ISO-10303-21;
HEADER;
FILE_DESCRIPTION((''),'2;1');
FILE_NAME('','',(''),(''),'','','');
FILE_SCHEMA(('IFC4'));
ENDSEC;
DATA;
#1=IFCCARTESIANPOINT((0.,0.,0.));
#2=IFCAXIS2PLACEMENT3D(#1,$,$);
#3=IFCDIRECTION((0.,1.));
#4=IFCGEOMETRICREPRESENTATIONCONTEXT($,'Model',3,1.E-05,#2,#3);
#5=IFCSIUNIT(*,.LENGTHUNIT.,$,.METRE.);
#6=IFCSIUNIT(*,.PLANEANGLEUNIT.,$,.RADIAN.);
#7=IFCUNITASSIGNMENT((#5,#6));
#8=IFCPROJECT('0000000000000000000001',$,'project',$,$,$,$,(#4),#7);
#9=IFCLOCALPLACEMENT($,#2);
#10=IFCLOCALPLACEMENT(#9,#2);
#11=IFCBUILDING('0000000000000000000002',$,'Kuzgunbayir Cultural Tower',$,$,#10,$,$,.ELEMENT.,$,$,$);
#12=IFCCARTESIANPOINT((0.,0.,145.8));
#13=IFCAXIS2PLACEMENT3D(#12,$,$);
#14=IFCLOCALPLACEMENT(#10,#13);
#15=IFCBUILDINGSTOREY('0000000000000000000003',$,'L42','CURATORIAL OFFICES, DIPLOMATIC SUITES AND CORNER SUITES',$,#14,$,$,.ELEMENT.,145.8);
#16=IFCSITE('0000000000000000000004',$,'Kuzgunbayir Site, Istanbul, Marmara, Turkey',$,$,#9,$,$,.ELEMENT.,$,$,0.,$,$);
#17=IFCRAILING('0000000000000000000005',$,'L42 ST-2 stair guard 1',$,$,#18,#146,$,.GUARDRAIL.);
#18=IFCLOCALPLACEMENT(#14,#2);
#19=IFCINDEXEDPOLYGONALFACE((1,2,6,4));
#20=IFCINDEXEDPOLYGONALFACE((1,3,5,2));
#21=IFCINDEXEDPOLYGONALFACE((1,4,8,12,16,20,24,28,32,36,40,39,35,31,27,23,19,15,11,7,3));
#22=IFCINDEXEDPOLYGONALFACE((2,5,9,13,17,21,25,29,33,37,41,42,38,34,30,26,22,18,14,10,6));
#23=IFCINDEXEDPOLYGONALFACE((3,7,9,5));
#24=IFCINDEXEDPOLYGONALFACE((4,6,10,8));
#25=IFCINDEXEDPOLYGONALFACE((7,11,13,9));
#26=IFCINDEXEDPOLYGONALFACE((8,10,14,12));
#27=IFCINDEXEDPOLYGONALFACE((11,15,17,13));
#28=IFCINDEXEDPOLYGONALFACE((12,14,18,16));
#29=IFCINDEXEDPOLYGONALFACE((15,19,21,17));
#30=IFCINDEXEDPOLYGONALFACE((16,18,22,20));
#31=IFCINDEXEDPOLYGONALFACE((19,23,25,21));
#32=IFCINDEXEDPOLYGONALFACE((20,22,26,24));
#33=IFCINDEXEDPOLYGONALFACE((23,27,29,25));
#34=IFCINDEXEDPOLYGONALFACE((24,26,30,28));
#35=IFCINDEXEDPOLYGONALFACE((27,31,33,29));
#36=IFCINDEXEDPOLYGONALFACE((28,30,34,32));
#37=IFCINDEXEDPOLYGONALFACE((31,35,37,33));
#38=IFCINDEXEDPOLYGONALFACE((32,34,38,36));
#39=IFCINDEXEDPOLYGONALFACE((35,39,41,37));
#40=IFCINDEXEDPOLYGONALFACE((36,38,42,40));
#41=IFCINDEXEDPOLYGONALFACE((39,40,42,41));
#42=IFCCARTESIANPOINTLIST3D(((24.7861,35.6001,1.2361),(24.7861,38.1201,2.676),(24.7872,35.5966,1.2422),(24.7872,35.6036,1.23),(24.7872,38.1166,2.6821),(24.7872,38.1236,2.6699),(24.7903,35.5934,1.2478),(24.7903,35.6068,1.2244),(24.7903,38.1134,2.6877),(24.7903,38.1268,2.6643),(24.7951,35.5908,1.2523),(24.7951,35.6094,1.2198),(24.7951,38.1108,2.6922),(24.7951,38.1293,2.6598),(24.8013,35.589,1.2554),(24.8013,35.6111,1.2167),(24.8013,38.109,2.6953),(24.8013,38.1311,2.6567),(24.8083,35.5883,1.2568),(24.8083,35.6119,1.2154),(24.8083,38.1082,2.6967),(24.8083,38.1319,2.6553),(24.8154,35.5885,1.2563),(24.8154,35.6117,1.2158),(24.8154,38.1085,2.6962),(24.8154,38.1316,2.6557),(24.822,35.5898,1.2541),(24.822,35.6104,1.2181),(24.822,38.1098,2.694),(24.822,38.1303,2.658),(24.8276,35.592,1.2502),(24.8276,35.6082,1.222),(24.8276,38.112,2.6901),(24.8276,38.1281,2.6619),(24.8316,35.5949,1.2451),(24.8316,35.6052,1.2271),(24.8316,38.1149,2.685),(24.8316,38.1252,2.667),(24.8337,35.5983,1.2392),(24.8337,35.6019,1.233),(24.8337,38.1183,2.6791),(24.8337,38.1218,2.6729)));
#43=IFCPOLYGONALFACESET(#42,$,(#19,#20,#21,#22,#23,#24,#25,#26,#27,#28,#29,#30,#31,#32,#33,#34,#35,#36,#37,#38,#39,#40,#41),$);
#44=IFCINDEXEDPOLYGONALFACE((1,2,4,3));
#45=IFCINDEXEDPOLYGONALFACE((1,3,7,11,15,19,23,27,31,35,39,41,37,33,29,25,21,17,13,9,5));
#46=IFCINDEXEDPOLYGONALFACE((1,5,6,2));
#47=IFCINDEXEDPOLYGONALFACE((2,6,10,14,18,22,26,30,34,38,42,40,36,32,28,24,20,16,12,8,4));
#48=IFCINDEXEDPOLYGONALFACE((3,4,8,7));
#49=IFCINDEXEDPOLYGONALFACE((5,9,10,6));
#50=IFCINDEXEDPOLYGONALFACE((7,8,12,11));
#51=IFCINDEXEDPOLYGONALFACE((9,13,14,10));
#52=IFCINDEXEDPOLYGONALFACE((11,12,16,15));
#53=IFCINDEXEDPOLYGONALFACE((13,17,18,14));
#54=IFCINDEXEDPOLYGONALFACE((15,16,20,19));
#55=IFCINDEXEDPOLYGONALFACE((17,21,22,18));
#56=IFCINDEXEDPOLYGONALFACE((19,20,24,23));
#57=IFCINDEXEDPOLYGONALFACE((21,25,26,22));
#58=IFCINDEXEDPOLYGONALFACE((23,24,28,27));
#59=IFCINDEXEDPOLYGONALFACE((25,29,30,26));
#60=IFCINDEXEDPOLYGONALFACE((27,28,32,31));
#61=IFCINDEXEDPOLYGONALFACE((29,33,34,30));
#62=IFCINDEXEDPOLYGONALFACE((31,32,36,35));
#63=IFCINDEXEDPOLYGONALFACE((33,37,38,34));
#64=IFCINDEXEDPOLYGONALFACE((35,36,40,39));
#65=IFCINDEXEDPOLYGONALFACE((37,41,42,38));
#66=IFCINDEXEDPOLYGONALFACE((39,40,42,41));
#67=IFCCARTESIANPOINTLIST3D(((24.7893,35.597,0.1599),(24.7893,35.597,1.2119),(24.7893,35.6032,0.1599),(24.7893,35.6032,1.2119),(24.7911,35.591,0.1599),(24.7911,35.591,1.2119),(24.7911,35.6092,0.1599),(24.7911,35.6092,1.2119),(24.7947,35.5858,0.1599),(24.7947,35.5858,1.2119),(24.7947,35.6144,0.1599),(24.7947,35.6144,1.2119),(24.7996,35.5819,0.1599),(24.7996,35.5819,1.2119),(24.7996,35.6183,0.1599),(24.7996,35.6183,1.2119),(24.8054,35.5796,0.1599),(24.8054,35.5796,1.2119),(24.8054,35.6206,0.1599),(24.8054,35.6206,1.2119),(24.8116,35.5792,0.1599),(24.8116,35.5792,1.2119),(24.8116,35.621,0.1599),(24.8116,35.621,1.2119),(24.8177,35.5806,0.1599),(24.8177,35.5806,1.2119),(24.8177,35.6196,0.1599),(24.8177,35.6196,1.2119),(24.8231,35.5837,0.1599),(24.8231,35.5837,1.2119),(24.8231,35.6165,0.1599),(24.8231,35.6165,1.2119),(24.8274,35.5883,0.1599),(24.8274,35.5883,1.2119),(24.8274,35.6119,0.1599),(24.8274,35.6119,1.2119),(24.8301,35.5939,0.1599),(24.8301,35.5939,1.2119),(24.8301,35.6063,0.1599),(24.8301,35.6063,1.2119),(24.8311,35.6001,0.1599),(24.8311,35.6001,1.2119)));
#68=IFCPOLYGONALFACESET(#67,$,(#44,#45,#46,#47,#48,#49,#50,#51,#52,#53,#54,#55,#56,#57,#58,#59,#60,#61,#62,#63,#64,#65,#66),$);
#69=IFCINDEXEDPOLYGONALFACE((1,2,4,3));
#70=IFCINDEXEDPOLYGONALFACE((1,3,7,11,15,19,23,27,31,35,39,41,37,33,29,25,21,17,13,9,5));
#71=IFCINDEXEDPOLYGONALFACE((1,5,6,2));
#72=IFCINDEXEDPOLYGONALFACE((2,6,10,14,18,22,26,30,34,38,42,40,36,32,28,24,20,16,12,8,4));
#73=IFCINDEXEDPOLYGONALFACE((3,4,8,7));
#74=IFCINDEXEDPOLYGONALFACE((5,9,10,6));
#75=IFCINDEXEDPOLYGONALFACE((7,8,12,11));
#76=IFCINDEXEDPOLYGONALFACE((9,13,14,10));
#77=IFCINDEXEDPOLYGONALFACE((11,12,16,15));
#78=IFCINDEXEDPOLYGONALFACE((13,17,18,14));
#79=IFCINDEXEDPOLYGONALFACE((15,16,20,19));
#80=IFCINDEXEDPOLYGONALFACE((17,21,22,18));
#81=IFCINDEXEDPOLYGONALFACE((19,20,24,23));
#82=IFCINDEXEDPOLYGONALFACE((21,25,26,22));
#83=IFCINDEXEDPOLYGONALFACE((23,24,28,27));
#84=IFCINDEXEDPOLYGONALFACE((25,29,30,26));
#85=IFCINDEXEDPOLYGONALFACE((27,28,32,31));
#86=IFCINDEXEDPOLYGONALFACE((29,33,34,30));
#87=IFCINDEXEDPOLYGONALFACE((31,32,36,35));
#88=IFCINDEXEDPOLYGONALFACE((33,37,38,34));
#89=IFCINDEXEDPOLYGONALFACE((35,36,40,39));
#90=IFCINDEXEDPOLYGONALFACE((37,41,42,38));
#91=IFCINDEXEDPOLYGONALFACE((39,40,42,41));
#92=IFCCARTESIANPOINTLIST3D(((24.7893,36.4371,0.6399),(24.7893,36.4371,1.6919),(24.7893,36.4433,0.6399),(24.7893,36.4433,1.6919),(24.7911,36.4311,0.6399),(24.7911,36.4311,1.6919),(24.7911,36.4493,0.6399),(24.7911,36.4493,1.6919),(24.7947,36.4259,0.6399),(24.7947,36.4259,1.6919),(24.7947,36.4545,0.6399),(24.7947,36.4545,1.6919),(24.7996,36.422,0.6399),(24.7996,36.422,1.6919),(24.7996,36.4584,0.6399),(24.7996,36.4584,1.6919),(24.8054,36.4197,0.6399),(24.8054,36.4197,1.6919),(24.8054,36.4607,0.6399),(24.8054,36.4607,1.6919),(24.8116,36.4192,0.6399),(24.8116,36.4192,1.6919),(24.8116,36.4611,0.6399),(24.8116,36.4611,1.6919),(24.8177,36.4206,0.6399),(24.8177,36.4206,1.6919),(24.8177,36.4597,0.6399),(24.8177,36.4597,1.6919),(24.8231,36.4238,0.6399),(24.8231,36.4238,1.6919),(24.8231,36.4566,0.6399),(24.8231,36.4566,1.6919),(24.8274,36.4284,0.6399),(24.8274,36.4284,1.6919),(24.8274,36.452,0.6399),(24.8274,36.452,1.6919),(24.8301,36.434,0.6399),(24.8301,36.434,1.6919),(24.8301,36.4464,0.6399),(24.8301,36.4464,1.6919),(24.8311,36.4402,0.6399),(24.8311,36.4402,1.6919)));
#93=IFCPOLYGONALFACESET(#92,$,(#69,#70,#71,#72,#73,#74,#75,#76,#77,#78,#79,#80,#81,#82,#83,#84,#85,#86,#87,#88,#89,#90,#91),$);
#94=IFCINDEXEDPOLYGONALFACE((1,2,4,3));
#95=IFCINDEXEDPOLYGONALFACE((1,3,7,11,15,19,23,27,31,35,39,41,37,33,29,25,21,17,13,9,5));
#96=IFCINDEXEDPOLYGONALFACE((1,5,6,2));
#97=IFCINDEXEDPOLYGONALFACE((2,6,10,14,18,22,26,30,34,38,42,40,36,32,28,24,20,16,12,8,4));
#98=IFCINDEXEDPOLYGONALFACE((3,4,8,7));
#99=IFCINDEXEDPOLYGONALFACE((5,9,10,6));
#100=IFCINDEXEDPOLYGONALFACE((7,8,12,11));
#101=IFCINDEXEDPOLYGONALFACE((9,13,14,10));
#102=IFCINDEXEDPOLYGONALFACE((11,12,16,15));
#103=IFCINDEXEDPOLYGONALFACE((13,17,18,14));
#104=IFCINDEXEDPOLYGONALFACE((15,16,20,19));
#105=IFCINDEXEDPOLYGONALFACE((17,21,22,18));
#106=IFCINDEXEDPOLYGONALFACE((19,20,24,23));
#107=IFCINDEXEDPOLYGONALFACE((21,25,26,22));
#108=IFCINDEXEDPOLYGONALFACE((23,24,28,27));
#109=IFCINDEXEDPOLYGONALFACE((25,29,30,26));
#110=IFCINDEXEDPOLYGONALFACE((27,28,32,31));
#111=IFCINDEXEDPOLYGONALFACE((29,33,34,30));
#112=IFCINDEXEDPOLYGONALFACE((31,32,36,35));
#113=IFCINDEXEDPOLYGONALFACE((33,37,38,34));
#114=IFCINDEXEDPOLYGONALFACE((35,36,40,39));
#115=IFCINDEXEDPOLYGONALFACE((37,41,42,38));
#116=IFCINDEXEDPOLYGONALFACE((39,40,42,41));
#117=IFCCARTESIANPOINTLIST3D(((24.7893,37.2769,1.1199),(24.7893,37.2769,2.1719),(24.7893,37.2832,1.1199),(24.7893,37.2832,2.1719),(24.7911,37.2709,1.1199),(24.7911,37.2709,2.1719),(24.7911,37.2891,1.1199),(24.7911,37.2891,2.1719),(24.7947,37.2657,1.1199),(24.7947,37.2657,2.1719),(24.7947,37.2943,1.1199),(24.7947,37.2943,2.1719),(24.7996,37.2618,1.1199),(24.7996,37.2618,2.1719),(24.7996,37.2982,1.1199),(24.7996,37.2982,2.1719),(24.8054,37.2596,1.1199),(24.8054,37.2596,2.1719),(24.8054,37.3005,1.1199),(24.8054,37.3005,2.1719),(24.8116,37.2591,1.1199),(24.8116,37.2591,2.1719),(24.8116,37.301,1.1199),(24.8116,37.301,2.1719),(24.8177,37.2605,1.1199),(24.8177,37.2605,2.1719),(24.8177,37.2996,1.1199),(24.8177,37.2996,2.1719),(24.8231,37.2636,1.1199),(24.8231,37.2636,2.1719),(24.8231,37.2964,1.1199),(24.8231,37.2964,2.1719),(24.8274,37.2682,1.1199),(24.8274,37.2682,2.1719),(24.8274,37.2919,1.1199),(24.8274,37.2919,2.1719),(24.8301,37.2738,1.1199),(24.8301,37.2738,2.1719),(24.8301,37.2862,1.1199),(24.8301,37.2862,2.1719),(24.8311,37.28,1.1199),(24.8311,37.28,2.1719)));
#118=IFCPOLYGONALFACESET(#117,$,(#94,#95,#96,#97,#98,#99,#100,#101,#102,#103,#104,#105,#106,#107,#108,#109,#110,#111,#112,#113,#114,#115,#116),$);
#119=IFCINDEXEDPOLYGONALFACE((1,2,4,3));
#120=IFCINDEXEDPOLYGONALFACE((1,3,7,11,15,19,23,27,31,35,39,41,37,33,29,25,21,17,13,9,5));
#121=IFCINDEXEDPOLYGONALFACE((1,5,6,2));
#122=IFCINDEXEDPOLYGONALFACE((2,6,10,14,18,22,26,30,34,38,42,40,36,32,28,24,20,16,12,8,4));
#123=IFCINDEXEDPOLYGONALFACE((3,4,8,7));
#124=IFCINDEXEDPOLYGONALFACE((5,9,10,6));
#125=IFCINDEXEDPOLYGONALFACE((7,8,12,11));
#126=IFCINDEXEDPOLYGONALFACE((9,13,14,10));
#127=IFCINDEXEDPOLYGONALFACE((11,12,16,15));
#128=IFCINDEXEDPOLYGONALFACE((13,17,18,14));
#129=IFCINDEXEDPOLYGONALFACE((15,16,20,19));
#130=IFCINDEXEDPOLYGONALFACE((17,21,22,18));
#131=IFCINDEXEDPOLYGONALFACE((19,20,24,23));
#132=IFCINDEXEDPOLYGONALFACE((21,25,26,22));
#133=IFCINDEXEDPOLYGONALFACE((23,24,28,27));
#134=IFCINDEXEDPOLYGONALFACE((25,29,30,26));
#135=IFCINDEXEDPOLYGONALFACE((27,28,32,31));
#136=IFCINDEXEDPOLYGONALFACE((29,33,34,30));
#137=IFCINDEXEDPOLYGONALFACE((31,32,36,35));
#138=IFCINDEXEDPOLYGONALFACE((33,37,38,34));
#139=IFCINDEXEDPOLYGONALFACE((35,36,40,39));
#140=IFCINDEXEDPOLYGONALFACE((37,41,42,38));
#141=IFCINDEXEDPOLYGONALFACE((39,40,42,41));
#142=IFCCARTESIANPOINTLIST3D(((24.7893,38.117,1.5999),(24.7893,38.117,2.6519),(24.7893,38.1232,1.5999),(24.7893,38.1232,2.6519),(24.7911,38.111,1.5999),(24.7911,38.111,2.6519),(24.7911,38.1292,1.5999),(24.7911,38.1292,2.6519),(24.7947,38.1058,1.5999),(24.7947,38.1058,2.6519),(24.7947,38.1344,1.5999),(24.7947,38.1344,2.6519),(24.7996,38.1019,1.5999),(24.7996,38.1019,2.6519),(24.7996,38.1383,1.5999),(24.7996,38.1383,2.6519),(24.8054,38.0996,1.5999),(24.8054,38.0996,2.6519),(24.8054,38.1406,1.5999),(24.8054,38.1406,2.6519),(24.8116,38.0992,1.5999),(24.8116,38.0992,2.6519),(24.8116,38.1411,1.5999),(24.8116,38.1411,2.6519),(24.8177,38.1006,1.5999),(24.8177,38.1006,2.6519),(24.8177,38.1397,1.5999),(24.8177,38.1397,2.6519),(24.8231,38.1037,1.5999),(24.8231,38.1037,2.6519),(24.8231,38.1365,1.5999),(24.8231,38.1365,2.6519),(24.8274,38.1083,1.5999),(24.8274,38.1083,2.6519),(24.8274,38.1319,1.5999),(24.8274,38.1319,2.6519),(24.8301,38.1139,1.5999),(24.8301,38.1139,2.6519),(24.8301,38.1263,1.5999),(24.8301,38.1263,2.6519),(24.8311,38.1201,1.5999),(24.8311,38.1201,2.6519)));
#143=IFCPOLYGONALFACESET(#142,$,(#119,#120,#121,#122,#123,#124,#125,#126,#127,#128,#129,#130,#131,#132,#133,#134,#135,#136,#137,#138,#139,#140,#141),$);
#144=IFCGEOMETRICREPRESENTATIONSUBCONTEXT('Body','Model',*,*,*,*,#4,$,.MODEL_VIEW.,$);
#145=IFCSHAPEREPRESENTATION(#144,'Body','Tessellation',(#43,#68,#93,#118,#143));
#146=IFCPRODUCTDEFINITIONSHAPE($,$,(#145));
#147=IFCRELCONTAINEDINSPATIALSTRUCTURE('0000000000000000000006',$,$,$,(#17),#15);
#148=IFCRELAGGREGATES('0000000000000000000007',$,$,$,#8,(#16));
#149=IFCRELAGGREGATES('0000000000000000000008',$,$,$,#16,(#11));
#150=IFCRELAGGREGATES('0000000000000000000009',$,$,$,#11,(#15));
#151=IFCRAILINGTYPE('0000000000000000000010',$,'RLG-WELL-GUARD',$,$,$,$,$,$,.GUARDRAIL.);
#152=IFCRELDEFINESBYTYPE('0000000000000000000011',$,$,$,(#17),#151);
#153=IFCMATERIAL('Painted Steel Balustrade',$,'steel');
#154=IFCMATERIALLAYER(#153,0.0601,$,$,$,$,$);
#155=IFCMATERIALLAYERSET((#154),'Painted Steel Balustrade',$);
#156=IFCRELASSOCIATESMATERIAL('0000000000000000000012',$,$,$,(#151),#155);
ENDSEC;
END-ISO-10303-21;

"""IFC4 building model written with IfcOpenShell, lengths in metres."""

from ifc_helpers import new_model, si_unit, direction, frame, origin, origin_2d, place, context, subcontext, project, spatial, circle, extrude, material, layer, layer_set, type_object, element, save


model = new_model("IFC4")

# Units and contexts
model_context = context("Model", 3, precision=1e-05, world=origin(), true_north=direction((0.0, 1.0)))
body_context = subcontext(model_context, "Body", "Model", "MODEL_VIEW")
ifc_project = project(units=[si_unit("LENGTHUNIT", "METRE"), si_unit("PLANEANGLEUNIT", "RADIAN")], contexts=[model_context])

# Site, building, storey
site_placement = place(None, origin())
site = spatial("IfcSite", under=ifc_project, at=site_placement, Name="Kuzgunbayir Site, Istanbul, Marmara, Turkey", CompositionType="ELEMENT", RefElevation=0.0)
building_placement = place(site_placement, origin())
building = spatial("IfcBuilding", under=site, at=building_placement, Name="Kuzgunbayir Cultural Tower", CompositionType="ELEMENT")
storey_placement = place(building_placement, frame((0.0, 0.0, 145.8)))
storey = spatial("IfcBuildingStorey", under=building, at=storey_placement, Name="L42", Description="CURATORIAL OFFICES, DIPLOMATIC SUITES AND CORNER SUITES", CompositionType="ELEMENT", Elevation=145.8)

# Railing
ifc_material_1 = material(Name="Painted Steel Balustrade", Category="steel")
ifc_layer_1 = layer(ifc_material_1, 0.0601)
ifc_layer_set_1 = layer_set([ifc_layer_1], Name="Painted Steel Balustrade")
railing_type_1 = type_object("IfcRailingType", Name="RLG-WELL-GUARD", PredefinedType="GUARDRAIL", material=ifc_layer_set_1)
railing_1_placement = place(storey_placement, frame((24.8101, 35.6001, 0.1599)))
element("IfcRailing", 1, at=railing_1_placement, inside=storey, type_object=railing_type_1, Name="L42 ST-2 stair guard 1", PredefinedType="GUARDRAIL", context=body_context, shape_type="SweptSolid", body=[
    extrude(circle(Radius=0.0239, at=origin_2d()), frame((0.0, 0.0, 1.0762), z_axis=(0.0, 0.868253, 0.496121), x_axis=(-1.0, 0.0, 0.0)), (0.0, 0.0, 1.0), 2.9023),
    extrude(circle(Radius=0.021, at=origin_2d()), origin(), (0.0, 0.0, 1.0), 1.052),
    extrude(circle(Radius=0.021, at=origin_2d()), frame((0.0, 0.8401, 0.48)), (0.0, 0.0, 1.0), 1.052),
    extrude(circle(Radius=0.021, at=origin_2d()), frame((0.0, 1.6799, 0.96)), (0.0, 0.0, 1.0), 1.052),
    extrude(circle(Radius=0.021, at=origin_2d()), frame((0.0, 2.52, 1.4399)), (0.0, 0.0, 1.0), 1.052),
])

save(model, "model.ifc")
